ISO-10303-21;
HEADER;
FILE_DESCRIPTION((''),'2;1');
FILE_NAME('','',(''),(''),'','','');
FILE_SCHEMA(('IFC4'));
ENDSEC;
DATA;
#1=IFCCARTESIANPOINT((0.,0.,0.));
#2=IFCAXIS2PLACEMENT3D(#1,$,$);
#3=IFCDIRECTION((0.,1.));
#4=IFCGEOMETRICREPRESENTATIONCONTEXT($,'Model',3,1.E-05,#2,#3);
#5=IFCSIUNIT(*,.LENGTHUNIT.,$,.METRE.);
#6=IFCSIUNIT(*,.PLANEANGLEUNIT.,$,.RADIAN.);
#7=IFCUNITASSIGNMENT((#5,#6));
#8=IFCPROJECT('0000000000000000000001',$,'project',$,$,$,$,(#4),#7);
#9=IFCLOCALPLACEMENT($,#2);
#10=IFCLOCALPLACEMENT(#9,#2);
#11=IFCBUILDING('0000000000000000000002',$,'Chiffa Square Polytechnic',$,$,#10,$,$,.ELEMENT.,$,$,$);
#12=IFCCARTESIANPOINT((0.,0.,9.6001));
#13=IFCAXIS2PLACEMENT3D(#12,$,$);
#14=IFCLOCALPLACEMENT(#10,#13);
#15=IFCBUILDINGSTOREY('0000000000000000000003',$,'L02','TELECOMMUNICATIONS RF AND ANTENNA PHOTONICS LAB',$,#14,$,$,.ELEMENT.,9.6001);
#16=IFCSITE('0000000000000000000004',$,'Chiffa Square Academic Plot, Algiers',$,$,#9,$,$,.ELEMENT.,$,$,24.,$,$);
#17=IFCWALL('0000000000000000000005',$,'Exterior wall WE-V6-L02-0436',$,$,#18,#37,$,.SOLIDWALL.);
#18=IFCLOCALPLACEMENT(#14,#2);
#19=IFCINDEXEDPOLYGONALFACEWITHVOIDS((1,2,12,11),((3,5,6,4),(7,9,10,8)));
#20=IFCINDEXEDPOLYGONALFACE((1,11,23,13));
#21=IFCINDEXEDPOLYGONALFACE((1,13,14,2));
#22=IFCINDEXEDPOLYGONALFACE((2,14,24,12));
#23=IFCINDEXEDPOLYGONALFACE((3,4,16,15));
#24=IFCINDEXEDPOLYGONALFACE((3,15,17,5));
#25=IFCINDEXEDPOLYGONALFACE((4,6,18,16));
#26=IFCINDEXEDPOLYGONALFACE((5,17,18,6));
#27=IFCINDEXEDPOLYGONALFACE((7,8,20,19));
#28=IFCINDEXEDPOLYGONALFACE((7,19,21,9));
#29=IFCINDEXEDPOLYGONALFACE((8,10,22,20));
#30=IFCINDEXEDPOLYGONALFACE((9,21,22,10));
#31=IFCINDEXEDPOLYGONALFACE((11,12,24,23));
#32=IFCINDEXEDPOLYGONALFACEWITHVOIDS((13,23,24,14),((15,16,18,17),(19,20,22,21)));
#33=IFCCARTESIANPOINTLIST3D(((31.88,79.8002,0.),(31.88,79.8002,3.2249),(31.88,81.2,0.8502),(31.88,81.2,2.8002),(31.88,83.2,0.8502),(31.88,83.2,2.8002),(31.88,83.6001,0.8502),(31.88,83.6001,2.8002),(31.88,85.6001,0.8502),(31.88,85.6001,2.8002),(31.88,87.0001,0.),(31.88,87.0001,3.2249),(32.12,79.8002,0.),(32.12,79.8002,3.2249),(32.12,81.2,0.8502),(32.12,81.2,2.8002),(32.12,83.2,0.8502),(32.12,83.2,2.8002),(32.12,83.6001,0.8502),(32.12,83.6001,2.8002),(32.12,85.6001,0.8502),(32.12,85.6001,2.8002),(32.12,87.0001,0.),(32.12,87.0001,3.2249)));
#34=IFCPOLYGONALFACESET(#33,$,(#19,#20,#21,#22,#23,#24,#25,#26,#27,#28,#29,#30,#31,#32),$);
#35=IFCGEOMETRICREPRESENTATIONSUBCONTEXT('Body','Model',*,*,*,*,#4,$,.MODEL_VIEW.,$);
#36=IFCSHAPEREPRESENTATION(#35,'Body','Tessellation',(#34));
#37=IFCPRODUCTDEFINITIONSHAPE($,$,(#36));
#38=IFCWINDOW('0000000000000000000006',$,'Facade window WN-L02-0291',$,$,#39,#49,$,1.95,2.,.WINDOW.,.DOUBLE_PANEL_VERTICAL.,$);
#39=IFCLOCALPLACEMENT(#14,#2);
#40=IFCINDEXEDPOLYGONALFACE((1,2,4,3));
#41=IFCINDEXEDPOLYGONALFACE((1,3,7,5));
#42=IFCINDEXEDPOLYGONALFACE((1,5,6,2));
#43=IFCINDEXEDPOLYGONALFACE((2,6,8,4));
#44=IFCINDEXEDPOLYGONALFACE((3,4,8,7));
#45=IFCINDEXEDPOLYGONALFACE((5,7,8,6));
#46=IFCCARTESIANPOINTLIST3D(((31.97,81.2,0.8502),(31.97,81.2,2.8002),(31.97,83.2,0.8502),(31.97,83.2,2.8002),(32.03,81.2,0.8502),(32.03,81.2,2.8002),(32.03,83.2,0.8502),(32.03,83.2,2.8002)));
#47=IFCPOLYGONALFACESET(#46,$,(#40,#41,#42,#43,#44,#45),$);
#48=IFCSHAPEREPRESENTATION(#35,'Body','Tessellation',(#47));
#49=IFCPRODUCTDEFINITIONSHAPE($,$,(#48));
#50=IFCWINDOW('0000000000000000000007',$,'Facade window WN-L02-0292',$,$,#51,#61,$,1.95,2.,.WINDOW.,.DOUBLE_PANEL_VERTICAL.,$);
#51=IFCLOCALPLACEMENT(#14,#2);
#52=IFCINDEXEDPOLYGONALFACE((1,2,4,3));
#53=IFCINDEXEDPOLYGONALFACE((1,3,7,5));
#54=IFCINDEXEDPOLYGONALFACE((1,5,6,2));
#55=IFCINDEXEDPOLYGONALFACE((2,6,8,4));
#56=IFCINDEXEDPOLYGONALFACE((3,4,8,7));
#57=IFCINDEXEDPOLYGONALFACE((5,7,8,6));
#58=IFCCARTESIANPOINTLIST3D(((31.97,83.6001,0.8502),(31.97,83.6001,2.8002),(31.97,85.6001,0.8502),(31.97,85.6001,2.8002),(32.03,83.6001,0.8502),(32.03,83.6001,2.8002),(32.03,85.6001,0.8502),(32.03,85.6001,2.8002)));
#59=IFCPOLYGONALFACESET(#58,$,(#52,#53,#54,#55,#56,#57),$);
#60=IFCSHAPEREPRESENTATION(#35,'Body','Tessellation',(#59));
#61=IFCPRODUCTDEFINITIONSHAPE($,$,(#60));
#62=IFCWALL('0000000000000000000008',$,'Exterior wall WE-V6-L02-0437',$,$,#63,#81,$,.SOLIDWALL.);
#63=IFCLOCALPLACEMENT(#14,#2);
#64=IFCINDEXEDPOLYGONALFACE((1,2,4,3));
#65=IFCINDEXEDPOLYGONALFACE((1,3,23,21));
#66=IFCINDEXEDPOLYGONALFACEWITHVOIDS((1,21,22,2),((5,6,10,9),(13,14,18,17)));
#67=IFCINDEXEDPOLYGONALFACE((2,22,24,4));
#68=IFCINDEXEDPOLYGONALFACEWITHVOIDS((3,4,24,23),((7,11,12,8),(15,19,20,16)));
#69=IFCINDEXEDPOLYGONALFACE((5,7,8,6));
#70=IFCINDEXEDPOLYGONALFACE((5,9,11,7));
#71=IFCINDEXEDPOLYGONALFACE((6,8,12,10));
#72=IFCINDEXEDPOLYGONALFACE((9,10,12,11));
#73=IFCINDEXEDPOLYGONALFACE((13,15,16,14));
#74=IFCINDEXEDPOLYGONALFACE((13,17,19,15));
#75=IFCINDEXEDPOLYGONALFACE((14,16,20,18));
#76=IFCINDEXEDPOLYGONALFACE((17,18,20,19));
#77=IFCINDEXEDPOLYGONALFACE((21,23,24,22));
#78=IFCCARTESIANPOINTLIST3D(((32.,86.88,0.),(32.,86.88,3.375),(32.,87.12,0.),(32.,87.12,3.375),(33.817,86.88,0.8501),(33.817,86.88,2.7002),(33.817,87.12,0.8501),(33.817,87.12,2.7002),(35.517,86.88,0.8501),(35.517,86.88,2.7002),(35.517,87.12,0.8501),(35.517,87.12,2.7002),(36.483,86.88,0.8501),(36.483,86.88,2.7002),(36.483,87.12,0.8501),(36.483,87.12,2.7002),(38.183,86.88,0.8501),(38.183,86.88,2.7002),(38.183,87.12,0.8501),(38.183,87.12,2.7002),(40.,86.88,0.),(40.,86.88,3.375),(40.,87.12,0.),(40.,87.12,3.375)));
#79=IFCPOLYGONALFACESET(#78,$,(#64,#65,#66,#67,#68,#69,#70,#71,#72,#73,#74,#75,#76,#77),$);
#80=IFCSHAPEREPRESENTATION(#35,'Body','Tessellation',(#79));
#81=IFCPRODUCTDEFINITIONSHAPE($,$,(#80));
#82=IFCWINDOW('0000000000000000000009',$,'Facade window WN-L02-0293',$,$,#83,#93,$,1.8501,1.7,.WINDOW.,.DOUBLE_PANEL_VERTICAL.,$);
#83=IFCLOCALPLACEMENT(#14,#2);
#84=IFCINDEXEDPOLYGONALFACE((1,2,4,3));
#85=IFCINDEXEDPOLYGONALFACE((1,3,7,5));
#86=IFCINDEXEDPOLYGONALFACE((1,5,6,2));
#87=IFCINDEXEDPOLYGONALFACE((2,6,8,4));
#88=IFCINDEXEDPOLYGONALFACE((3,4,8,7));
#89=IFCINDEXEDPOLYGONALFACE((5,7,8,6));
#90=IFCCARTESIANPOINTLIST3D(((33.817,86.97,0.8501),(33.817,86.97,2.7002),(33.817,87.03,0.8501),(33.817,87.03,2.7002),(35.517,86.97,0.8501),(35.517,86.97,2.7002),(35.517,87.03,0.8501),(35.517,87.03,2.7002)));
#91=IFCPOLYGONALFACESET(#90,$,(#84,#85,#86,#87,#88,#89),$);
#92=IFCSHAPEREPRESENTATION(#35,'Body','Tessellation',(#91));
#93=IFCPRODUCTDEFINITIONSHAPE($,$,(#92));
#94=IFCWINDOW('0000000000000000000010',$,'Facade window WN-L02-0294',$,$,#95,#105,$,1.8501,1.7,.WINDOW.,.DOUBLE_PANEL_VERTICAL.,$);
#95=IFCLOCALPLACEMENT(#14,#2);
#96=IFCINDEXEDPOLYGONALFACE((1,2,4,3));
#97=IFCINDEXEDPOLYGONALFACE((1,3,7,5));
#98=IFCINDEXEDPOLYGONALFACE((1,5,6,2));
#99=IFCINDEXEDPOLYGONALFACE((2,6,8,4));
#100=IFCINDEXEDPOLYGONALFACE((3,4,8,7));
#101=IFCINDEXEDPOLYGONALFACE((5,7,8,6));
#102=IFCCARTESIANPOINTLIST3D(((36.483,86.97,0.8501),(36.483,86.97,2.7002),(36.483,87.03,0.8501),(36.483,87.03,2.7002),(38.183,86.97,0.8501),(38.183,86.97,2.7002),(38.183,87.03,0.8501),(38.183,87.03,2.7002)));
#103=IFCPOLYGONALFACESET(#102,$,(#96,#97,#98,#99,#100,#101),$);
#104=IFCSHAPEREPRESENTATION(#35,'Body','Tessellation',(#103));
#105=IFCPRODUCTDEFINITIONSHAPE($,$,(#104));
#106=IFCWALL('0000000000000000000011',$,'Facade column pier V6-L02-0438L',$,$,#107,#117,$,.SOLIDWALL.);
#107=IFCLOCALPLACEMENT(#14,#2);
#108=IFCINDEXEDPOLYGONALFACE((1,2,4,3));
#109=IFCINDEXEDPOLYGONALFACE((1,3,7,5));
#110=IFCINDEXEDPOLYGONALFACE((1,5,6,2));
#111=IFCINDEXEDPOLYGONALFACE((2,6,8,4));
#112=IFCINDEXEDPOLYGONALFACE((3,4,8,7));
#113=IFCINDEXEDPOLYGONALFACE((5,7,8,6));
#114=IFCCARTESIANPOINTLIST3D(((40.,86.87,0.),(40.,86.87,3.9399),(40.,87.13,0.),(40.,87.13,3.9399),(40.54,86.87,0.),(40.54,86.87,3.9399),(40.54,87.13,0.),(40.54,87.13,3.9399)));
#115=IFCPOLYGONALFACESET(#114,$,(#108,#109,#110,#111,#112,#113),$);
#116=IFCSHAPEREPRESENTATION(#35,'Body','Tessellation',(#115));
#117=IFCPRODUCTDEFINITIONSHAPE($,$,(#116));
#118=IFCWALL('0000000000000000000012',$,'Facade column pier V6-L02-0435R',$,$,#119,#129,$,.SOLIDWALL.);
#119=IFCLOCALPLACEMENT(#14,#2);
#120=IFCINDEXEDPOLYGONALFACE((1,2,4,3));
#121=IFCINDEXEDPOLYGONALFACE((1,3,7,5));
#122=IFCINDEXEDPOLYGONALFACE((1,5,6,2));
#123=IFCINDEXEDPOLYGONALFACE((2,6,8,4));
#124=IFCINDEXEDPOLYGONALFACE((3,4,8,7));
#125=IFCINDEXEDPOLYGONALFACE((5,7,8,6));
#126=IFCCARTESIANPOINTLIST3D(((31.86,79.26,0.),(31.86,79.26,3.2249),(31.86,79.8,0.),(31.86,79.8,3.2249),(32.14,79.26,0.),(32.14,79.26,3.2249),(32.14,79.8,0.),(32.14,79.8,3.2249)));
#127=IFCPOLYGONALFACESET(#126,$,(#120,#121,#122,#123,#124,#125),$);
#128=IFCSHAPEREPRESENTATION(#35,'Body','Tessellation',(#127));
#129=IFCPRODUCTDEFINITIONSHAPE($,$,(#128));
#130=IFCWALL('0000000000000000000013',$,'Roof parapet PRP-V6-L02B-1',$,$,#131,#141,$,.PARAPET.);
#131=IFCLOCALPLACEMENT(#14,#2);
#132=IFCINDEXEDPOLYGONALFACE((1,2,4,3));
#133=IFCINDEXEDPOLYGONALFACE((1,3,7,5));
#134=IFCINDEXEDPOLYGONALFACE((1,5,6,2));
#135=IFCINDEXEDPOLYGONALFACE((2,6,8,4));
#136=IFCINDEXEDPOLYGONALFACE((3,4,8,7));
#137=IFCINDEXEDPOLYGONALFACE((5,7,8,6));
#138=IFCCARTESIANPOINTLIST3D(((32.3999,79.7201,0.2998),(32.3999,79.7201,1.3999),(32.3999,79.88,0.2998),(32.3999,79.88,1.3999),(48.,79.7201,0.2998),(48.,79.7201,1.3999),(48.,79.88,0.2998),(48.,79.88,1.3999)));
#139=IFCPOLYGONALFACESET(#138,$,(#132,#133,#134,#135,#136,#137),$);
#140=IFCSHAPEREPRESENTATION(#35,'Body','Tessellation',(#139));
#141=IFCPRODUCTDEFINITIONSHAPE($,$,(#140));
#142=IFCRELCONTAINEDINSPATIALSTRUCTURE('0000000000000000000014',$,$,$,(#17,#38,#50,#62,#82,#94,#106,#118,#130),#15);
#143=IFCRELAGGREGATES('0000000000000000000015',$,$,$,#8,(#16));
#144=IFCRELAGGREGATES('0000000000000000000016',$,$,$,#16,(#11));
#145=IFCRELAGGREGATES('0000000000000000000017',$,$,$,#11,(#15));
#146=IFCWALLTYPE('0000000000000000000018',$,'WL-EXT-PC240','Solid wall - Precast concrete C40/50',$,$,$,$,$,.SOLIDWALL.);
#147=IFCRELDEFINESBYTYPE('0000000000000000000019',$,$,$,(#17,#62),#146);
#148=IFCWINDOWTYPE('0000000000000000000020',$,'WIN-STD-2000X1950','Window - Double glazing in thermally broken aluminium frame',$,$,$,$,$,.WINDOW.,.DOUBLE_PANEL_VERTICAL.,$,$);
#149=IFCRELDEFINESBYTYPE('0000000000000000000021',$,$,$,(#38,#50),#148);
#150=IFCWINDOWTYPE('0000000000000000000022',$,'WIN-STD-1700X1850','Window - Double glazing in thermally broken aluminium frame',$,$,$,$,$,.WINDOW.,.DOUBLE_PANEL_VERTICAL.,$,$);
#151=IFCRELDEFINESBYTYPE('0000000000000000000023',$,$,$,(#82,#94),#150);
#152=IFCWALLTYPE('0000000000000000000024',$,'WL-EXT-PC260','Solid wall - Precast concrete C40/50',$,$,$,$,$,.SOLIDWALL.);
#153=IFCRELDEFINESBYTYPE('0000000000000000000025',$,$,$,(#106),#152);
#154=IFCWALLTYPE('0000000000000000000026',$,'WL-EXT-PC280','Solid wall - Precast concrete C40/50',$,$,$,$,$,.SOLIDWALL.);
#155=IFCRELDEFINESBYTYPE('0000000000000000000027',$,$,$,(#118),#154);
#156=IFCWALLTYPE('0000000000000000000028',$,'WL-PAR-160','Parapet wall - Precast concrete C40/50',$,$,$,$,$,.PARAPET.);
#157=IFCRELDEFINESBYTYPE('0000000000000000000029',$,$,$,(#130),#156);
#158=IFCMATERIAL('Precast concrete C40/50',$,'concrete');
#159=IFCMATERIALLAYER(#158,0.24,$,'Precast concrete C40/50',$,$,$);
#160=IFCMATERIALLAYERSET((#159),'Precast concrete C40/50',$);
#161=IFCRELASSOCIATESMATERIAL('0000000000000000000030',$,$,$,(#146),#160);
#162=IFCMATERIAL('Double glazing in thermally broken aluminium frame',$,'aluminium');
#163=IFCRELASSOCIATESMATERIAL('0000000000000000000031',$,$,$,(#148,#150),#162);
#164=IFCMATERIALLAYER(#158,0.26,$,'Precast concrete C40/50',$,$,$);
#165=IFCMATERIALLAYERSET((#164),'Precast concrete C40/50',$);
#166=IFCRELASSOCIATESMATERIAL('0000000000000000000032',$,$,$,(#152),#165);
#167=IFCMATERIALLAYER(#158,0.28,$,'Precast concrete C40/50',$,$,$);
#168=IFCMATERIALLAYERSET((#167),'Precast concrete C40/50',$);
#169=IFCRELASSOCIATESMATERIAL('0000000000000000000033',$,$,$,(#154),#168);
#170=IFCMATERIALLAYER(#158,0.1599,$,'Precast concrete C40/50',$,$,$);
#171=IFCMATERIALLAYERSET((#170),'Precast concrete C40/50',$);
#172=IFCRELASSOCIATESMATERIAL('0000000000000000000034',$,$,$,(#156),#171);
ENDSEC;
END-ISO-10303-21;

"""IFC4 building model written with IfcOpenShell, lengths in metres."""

from ifc_helpers import new_model, si_unit, direction, frame, frame_2d, origin, place, context, subcontext, project, spatial, rectangle, extrude, material, layer, layer_set, type_object, element, fill, save


model = new_model("IFC4")

# Units and contexts
model_context = context("Model", 3, precision=1e-05, world=origin(), true_north=direction((0.0, 1.0)))
body_context = subcontext(model_context, "Body", "Model", "MODEL_VIEW")
ifc_project = project(units=[si_unit("LENGTHUNIT", "METRE"), si_unit("PLANEANGLEUNIT", "RADIAN")], contexts=[model_context])

# Site, building, storey
site_placement = place(None, origin())
site = spatial("IfcSite", under=ifc_project, at=site_placement, Name="Chiffa Square Academic Plot, Algiers", CompositionType="ELEMENT", RefElevation=24.0)
building_placement = place(site_placement, origin())
building = spatial("IfcBuilding", under=site, at=building_placement, Name="Chiffa Square Polytechnic", CompositionType="ELEMENT")
storey_placement = place(building_placement, frame((0.0, 0.0, 9.6001)))
storey = spatial("IfcBuildingStorey", under=building, at=storey_placement, Name="L02", Description="TELECOMMUNICATIONS RF AND ANTENNA PHOTONICS LAB", CompositionType="ELEMENT", Elevation=9.6001)

# Walls, openings, windows
ifc_material_1 = material(Name="Precast concrete C40/50", Category="concrete")
ifc_layer_1 = layer(ifc_material_1, 0.24, Name="Precast concrete C40/50")
ifc_layer_set_1 = layer_set([ifc_layer_1], Name="Precast concrete C40/50")
wall_type_1 = type_object("IfcWallType", Name="WL-EXT-PC240", Description="Solid wall - Precast concrete C40/50", PredefinedType="SOLIDWALL", material=ifc_layer_set_1)
wall_1_placement = place(storey_placement, frame((32.0, 79.8, 0.0), z_axis=(0.0, 0.0, 1.0), x_axis=(0.0, 1.0, 0.0)))
wall_1 = element("IfcWall", 1, at=wall_1_placement, inside=storey, type_object=wall_type_1, Name="Exterior wall WE-V6-L02-0436", PredefinedType="SOLIDWALL", context=body_context, shape_type="SweptSolid", body=[
    extrude(rectangle(XDim=7.2, YDim=0.24, at=frame_2d((3.6001, 0.0))), origin(), (0.0, 0.0, 1.0), 3.2249),
])
opening_1_placement = place(wall_1_placement, frame((1.3999, 0.0, 0.8501)))
opening_1 = element("IfcOpeningElement", 2, at=opening_1_placement, cuts=wall_1, PredefinedType="OPENING", context=body_context, shape_type="SweptSolid", body=[
    extrude(rectangle(XDim=2.0, YDim=1.95, at=frame_2d((1.0, 0.9751))), frame((0.0, 0.1299, 0.0), z_axis=(0.0, -1.0, 0.0), x_axis=(1.0, 0.0, 0.0)), (0.0, 0.0, 1.0), 0.26),
])
opening_2_placement = place(wall_1_placement, frame((3.8, 0.0, 0.8501)))
opening_2 = element("IfcOpeningElement", 3, at=opening_2_placement, cuts=wall_1, PredefinedType="OPENING", context=body_context, shape_type="SweptSolid", body=[
    extrude(rectangle(XDim=2.0, YDim=1.95, at=frame_2d((1.0, 0.9751))), frame((0.0, 0.1299, 0.0), z_axis=(0.0, -1.0, 0.0), x_axis=(1.0, 0.0, 0.0)), (0.0, 0.0, 1.0), 0.26),
])
ifc_material_2 = material(Name="Double glazing in thermally broken aluminium frame", Category="aluminium")
window_type_1 = type_object("IfcWindowType", Name="WIN-STD-2000X1950", Description="Window - Double glazing in thermally broken aluminium frame", PartitioningType="DOUBLE_PANEL_VERTICAL", PredefinedType="WINDOW", material=ifc_material_2)
window_1_placement = place(opening_1_placement, origin())
window_1 = element("IfcWindow", 4, at=window_1_placement, inside=storey, type_object=window_type_1, Name="Facade window WN-L02-0291", OverallHeight=1.95, OverallWidth=2.0, PartitioningType="DOUBLE_PANEL_VERTICAL", PredefinedType="WINDOW", context=body_context, shape_type="SweptSolid", body=[
    extrude(rectangle(XDim=2.0, YDim=1.95, at=frame_2d((1.0, 0.9751))), frame((0.0, 0.03, 0.0), z_axis=(0.0, -1.0, 0.0), x_axis=(1.0, 0.0, 0.0)), (0.0, 0.0, 1.0), 0.0601),
])
fill(opening_1, window_1)
window_2_placement = place(opening_2_placement, origin())
window_2 = element("IfcWindow", 5, at=window_2_placement, inside=storey, type_object=window_type_1, Name="Facade window WN-L02-0292", OverallHeight=1.95, OverallWidth=2.0, PartitioningType="DOUBLE_PANEL_VERTICAL", PredefinedType="WINDOW", context=body_context, shape_type="SweptSolid", body=[
    extrude(rectangle(XDim=2.0, YDim=1.95, at=frame_2d((1.0, 0.9751))), frame((0.0, 0.03, 0.0), z_axis=(0.0, -1.0, 0.0), x_axis=(1.0, 0.0, 0.0)), (0.0, 0.0, 1.0), 0.0601),
])
fill(opening_2, window_2)
wall_2_placement = place(storey_placement, frame((32.0, 87.0, 0.0), z_axis=(0.0, 0.0, 1.0), x_axis=(1.0, 0.0, 0.0)))
wall_2 = element("IfcWall", 6, at=wall_2_placement, inside=storey, type_object=wall_type_1, Name="Exterior wall WE-V6-L02-0437", PredefinedType="SOLIDWALL", context=body_context, shape_type="SweptSolid", body=[
    extrude(rectangle(XDim=8.0, YDim=0.24, at=frame_2d((4.0, 0.0))), origin(), (0.0, 0.0, 1.0), 3.375),
])
opening_3_placement = place(wall_2_placement, frame((1.8169, 0.0, 0.8501)))
opening_3 = element("IfcOpeningElement", 7, at=opening_3_placement, cuts=wall_2, PredefinedType="OPENING", context=body_context, shape_type="SweptSolid", body=[
    extrude(rectangle(XDim=1.7, YDim=1.8501, at=frame_2d((0.8501, 0.925))), frame((0.0, 0.1299, 0.0), z_axis=(0.0, -1.0, 0.0), x_axis=(1.0, 0.0, 0.0)), (0.0, 0.0, 1.0), 0.26),
])
opening_4_placement = place(wall_2_placement, frame((4.4829, 0.0, 0.8501)))
opening_4 = element("IfcOpeningElement", 8, at=opening_4_placement, cuts=wall_2, PredefinedType="OPENING", context=body_context, shape_type="SweptSolid", body=[
    extrude(rectangle(XDim=1.7, YDim=1.8501, at=frame_2d((0.8501, 0.925))), frame((0.0, 0.1299, 0.0), z_axis=(0.0, -1.0, 0.0), x_axis=(1.0, 0.0, 0.0)), (0.0, 0.0, 1.0), 0.26),
])
window_type_2 = type_object("IfcWindowType", Name="WIN-STD-1700X1850", Description="Window - Double glazing in thermally broken aluminium frame", PartitioningType="DOUBLE_PANEL_VERTICAL", PredefinedType="WINDOW", material=ifc_material_2)
window_3_placement = place(opening_3_placement, origin())
window_3 = element("IfcWindow", 9, at=window_3_placement, inside=storey, type_object=window_type_2, Name="Facade window WN-L02-0293", OverallHeight=1.8501, OverallWidth=1.7, PartitioningType="DOUBLE_PANEL_VERTICAL", PredefinedType="WINDOW", context=body_context, shape_type="SweptSolid", body=[
    extrude(rectangle(XDim=1.7, YDim=1.8501, at=frame_2d((0.8501, 0.925))), frame((0.0, 0.03, 0.0), z_axis=(0.0, -1.0, 0.0), x_axis=(1.0, 0.0, 0.0)), (0.0, 0.0, 1.0), 0.0601),
])
fill(opening_3, window_3)
window_4_placement = place(opening_4_placement, origin())
window_4 = element("IfcWindow", 10, at=window_4_placement, inside=storey, type_object=window_type_2, Name="Facade window WN-L02-0294", OverallHeight=1.8501, OverallWidth=1.7, PartitioningType="DOUBLE_PANEL_VERTICAL", PredefinedType="WINDOW", context=body_context, shape_type="SweptSolid", body=[
    extrude(rectangle(XDim=1.7, YDim=1.8501, at=frame_2d((0.8501, 0.925))), frame((0.0, 0.03, 0.0), z_axis=(0.0, -1.0, 0.0), x_axis=(1.0, 0.0, 0.0)), (0.0, 0.0, 1.0), 0.0601),
])
fill(opening_4, window_4)

# Walls
ifc_layer_2 = layer(ifc_material_1, 0.26, Name="Precast concrete C40/50")
ifc_layer_set_2 = layer_set([ifc_layer_2], Name="Precast concrete C40/50")
wall_type_2 = type_object("IfcWallType", Name="WL-EXT-PC260", Description="Solid wall - Precast concrete C40/50", PredefinedType="SOLIDWALL", material=ifc_layer_set_2)
wall_3_placement = place(storey_placement, frame((40.0, 87.0, 0.0), z_axis=(0.0, 0.0, 1.0), x_axis=(1.0, 0.0, 0.0)))
element("IfcWall", 11, at=wall_3_placement, inside=storey, type_object=wall_type_2, Name="Facade column pier V6-L02-0438L", PredefinedType="SOLIDWALL", context=body_context, shape_type="SweptSolid", body=[
    extrude(rectangle(XDim=0.54, YDim=0.26, at=frame_2d((0.27, 0.0))), origin(), (0.0, 0.0, 1.0), 3.9399),
])
ifc_layer_3 = layer(ifc_material_1, 0.28, Name="Precast concrete C40/50")
ifc_layer_set_3 = layer_set([ifc_layer_3], Name="Precast concrete C40/50")
wall_type_3 = type_object("IfcWallType", Name="WL-EXT-PC280", Description="Solid wall - Precast concrete C40/50", PredefinedType="SOLIDWALL", material=ifc_layer_set_3)
wall_4_placement = place(storey_placement, frame((32.0, 79.26, 0.0), z_axis=(0.0, 0.0, 1.0), x_axis=(0.0, 1.0, 0.0)))
element("IfcWall", 12, at=wall_4_placement, inside=storey, type_object=wall_type_3, Name="Facade column pier V6-L02-0435R", PredefinedType="SOLIDWALL", context=body_context, shape_type="SweptSolid", body=[
    extrude(rectangle(XDim=0.54, YDim=0.28, at=frame_2d((0.27, 0.0))), origin(), (0.0, 0.0, 1.0), 3.2249),
])
ifc_layer_4 = layer(ifc_material_1, 0.1599, Name="Precast concrete C40/50")
ifc_layer_set_4 = layer_set([ifc_layer_4], Name="Precast concrete C40/50")
wall_type_4 = type_object("IfcWallType", Name="WL-PAR-160", Description="Parapet wall - Precast concrete C40/50", PredefinedType="PARAPET", material=ifc_layer_set_4)
wall_5_placement = place(storey_placement, frame((32.3999, 79.8, 0.2998), z_axis=(0.0, 0.0, 1.0), x_axis=(1.0, 0.0, 0.0)))
element("IfcWall", 13, at=wall_5_placement, inside=storey, type_object=wall_type_4, Name="Roof parapet PRP-V6-L02B-1", PredefinedType="PARAPET", context=body_context, shape_type="SweptSolid", body=[
    extrude(rectangle(XDim=15.6001, YDim=0.1599, at=frame_2d((7.8, 0.0))), origin(), (0.0, 0.0, 1.0), 1.1001),
])

save(model, "model.ifc")
